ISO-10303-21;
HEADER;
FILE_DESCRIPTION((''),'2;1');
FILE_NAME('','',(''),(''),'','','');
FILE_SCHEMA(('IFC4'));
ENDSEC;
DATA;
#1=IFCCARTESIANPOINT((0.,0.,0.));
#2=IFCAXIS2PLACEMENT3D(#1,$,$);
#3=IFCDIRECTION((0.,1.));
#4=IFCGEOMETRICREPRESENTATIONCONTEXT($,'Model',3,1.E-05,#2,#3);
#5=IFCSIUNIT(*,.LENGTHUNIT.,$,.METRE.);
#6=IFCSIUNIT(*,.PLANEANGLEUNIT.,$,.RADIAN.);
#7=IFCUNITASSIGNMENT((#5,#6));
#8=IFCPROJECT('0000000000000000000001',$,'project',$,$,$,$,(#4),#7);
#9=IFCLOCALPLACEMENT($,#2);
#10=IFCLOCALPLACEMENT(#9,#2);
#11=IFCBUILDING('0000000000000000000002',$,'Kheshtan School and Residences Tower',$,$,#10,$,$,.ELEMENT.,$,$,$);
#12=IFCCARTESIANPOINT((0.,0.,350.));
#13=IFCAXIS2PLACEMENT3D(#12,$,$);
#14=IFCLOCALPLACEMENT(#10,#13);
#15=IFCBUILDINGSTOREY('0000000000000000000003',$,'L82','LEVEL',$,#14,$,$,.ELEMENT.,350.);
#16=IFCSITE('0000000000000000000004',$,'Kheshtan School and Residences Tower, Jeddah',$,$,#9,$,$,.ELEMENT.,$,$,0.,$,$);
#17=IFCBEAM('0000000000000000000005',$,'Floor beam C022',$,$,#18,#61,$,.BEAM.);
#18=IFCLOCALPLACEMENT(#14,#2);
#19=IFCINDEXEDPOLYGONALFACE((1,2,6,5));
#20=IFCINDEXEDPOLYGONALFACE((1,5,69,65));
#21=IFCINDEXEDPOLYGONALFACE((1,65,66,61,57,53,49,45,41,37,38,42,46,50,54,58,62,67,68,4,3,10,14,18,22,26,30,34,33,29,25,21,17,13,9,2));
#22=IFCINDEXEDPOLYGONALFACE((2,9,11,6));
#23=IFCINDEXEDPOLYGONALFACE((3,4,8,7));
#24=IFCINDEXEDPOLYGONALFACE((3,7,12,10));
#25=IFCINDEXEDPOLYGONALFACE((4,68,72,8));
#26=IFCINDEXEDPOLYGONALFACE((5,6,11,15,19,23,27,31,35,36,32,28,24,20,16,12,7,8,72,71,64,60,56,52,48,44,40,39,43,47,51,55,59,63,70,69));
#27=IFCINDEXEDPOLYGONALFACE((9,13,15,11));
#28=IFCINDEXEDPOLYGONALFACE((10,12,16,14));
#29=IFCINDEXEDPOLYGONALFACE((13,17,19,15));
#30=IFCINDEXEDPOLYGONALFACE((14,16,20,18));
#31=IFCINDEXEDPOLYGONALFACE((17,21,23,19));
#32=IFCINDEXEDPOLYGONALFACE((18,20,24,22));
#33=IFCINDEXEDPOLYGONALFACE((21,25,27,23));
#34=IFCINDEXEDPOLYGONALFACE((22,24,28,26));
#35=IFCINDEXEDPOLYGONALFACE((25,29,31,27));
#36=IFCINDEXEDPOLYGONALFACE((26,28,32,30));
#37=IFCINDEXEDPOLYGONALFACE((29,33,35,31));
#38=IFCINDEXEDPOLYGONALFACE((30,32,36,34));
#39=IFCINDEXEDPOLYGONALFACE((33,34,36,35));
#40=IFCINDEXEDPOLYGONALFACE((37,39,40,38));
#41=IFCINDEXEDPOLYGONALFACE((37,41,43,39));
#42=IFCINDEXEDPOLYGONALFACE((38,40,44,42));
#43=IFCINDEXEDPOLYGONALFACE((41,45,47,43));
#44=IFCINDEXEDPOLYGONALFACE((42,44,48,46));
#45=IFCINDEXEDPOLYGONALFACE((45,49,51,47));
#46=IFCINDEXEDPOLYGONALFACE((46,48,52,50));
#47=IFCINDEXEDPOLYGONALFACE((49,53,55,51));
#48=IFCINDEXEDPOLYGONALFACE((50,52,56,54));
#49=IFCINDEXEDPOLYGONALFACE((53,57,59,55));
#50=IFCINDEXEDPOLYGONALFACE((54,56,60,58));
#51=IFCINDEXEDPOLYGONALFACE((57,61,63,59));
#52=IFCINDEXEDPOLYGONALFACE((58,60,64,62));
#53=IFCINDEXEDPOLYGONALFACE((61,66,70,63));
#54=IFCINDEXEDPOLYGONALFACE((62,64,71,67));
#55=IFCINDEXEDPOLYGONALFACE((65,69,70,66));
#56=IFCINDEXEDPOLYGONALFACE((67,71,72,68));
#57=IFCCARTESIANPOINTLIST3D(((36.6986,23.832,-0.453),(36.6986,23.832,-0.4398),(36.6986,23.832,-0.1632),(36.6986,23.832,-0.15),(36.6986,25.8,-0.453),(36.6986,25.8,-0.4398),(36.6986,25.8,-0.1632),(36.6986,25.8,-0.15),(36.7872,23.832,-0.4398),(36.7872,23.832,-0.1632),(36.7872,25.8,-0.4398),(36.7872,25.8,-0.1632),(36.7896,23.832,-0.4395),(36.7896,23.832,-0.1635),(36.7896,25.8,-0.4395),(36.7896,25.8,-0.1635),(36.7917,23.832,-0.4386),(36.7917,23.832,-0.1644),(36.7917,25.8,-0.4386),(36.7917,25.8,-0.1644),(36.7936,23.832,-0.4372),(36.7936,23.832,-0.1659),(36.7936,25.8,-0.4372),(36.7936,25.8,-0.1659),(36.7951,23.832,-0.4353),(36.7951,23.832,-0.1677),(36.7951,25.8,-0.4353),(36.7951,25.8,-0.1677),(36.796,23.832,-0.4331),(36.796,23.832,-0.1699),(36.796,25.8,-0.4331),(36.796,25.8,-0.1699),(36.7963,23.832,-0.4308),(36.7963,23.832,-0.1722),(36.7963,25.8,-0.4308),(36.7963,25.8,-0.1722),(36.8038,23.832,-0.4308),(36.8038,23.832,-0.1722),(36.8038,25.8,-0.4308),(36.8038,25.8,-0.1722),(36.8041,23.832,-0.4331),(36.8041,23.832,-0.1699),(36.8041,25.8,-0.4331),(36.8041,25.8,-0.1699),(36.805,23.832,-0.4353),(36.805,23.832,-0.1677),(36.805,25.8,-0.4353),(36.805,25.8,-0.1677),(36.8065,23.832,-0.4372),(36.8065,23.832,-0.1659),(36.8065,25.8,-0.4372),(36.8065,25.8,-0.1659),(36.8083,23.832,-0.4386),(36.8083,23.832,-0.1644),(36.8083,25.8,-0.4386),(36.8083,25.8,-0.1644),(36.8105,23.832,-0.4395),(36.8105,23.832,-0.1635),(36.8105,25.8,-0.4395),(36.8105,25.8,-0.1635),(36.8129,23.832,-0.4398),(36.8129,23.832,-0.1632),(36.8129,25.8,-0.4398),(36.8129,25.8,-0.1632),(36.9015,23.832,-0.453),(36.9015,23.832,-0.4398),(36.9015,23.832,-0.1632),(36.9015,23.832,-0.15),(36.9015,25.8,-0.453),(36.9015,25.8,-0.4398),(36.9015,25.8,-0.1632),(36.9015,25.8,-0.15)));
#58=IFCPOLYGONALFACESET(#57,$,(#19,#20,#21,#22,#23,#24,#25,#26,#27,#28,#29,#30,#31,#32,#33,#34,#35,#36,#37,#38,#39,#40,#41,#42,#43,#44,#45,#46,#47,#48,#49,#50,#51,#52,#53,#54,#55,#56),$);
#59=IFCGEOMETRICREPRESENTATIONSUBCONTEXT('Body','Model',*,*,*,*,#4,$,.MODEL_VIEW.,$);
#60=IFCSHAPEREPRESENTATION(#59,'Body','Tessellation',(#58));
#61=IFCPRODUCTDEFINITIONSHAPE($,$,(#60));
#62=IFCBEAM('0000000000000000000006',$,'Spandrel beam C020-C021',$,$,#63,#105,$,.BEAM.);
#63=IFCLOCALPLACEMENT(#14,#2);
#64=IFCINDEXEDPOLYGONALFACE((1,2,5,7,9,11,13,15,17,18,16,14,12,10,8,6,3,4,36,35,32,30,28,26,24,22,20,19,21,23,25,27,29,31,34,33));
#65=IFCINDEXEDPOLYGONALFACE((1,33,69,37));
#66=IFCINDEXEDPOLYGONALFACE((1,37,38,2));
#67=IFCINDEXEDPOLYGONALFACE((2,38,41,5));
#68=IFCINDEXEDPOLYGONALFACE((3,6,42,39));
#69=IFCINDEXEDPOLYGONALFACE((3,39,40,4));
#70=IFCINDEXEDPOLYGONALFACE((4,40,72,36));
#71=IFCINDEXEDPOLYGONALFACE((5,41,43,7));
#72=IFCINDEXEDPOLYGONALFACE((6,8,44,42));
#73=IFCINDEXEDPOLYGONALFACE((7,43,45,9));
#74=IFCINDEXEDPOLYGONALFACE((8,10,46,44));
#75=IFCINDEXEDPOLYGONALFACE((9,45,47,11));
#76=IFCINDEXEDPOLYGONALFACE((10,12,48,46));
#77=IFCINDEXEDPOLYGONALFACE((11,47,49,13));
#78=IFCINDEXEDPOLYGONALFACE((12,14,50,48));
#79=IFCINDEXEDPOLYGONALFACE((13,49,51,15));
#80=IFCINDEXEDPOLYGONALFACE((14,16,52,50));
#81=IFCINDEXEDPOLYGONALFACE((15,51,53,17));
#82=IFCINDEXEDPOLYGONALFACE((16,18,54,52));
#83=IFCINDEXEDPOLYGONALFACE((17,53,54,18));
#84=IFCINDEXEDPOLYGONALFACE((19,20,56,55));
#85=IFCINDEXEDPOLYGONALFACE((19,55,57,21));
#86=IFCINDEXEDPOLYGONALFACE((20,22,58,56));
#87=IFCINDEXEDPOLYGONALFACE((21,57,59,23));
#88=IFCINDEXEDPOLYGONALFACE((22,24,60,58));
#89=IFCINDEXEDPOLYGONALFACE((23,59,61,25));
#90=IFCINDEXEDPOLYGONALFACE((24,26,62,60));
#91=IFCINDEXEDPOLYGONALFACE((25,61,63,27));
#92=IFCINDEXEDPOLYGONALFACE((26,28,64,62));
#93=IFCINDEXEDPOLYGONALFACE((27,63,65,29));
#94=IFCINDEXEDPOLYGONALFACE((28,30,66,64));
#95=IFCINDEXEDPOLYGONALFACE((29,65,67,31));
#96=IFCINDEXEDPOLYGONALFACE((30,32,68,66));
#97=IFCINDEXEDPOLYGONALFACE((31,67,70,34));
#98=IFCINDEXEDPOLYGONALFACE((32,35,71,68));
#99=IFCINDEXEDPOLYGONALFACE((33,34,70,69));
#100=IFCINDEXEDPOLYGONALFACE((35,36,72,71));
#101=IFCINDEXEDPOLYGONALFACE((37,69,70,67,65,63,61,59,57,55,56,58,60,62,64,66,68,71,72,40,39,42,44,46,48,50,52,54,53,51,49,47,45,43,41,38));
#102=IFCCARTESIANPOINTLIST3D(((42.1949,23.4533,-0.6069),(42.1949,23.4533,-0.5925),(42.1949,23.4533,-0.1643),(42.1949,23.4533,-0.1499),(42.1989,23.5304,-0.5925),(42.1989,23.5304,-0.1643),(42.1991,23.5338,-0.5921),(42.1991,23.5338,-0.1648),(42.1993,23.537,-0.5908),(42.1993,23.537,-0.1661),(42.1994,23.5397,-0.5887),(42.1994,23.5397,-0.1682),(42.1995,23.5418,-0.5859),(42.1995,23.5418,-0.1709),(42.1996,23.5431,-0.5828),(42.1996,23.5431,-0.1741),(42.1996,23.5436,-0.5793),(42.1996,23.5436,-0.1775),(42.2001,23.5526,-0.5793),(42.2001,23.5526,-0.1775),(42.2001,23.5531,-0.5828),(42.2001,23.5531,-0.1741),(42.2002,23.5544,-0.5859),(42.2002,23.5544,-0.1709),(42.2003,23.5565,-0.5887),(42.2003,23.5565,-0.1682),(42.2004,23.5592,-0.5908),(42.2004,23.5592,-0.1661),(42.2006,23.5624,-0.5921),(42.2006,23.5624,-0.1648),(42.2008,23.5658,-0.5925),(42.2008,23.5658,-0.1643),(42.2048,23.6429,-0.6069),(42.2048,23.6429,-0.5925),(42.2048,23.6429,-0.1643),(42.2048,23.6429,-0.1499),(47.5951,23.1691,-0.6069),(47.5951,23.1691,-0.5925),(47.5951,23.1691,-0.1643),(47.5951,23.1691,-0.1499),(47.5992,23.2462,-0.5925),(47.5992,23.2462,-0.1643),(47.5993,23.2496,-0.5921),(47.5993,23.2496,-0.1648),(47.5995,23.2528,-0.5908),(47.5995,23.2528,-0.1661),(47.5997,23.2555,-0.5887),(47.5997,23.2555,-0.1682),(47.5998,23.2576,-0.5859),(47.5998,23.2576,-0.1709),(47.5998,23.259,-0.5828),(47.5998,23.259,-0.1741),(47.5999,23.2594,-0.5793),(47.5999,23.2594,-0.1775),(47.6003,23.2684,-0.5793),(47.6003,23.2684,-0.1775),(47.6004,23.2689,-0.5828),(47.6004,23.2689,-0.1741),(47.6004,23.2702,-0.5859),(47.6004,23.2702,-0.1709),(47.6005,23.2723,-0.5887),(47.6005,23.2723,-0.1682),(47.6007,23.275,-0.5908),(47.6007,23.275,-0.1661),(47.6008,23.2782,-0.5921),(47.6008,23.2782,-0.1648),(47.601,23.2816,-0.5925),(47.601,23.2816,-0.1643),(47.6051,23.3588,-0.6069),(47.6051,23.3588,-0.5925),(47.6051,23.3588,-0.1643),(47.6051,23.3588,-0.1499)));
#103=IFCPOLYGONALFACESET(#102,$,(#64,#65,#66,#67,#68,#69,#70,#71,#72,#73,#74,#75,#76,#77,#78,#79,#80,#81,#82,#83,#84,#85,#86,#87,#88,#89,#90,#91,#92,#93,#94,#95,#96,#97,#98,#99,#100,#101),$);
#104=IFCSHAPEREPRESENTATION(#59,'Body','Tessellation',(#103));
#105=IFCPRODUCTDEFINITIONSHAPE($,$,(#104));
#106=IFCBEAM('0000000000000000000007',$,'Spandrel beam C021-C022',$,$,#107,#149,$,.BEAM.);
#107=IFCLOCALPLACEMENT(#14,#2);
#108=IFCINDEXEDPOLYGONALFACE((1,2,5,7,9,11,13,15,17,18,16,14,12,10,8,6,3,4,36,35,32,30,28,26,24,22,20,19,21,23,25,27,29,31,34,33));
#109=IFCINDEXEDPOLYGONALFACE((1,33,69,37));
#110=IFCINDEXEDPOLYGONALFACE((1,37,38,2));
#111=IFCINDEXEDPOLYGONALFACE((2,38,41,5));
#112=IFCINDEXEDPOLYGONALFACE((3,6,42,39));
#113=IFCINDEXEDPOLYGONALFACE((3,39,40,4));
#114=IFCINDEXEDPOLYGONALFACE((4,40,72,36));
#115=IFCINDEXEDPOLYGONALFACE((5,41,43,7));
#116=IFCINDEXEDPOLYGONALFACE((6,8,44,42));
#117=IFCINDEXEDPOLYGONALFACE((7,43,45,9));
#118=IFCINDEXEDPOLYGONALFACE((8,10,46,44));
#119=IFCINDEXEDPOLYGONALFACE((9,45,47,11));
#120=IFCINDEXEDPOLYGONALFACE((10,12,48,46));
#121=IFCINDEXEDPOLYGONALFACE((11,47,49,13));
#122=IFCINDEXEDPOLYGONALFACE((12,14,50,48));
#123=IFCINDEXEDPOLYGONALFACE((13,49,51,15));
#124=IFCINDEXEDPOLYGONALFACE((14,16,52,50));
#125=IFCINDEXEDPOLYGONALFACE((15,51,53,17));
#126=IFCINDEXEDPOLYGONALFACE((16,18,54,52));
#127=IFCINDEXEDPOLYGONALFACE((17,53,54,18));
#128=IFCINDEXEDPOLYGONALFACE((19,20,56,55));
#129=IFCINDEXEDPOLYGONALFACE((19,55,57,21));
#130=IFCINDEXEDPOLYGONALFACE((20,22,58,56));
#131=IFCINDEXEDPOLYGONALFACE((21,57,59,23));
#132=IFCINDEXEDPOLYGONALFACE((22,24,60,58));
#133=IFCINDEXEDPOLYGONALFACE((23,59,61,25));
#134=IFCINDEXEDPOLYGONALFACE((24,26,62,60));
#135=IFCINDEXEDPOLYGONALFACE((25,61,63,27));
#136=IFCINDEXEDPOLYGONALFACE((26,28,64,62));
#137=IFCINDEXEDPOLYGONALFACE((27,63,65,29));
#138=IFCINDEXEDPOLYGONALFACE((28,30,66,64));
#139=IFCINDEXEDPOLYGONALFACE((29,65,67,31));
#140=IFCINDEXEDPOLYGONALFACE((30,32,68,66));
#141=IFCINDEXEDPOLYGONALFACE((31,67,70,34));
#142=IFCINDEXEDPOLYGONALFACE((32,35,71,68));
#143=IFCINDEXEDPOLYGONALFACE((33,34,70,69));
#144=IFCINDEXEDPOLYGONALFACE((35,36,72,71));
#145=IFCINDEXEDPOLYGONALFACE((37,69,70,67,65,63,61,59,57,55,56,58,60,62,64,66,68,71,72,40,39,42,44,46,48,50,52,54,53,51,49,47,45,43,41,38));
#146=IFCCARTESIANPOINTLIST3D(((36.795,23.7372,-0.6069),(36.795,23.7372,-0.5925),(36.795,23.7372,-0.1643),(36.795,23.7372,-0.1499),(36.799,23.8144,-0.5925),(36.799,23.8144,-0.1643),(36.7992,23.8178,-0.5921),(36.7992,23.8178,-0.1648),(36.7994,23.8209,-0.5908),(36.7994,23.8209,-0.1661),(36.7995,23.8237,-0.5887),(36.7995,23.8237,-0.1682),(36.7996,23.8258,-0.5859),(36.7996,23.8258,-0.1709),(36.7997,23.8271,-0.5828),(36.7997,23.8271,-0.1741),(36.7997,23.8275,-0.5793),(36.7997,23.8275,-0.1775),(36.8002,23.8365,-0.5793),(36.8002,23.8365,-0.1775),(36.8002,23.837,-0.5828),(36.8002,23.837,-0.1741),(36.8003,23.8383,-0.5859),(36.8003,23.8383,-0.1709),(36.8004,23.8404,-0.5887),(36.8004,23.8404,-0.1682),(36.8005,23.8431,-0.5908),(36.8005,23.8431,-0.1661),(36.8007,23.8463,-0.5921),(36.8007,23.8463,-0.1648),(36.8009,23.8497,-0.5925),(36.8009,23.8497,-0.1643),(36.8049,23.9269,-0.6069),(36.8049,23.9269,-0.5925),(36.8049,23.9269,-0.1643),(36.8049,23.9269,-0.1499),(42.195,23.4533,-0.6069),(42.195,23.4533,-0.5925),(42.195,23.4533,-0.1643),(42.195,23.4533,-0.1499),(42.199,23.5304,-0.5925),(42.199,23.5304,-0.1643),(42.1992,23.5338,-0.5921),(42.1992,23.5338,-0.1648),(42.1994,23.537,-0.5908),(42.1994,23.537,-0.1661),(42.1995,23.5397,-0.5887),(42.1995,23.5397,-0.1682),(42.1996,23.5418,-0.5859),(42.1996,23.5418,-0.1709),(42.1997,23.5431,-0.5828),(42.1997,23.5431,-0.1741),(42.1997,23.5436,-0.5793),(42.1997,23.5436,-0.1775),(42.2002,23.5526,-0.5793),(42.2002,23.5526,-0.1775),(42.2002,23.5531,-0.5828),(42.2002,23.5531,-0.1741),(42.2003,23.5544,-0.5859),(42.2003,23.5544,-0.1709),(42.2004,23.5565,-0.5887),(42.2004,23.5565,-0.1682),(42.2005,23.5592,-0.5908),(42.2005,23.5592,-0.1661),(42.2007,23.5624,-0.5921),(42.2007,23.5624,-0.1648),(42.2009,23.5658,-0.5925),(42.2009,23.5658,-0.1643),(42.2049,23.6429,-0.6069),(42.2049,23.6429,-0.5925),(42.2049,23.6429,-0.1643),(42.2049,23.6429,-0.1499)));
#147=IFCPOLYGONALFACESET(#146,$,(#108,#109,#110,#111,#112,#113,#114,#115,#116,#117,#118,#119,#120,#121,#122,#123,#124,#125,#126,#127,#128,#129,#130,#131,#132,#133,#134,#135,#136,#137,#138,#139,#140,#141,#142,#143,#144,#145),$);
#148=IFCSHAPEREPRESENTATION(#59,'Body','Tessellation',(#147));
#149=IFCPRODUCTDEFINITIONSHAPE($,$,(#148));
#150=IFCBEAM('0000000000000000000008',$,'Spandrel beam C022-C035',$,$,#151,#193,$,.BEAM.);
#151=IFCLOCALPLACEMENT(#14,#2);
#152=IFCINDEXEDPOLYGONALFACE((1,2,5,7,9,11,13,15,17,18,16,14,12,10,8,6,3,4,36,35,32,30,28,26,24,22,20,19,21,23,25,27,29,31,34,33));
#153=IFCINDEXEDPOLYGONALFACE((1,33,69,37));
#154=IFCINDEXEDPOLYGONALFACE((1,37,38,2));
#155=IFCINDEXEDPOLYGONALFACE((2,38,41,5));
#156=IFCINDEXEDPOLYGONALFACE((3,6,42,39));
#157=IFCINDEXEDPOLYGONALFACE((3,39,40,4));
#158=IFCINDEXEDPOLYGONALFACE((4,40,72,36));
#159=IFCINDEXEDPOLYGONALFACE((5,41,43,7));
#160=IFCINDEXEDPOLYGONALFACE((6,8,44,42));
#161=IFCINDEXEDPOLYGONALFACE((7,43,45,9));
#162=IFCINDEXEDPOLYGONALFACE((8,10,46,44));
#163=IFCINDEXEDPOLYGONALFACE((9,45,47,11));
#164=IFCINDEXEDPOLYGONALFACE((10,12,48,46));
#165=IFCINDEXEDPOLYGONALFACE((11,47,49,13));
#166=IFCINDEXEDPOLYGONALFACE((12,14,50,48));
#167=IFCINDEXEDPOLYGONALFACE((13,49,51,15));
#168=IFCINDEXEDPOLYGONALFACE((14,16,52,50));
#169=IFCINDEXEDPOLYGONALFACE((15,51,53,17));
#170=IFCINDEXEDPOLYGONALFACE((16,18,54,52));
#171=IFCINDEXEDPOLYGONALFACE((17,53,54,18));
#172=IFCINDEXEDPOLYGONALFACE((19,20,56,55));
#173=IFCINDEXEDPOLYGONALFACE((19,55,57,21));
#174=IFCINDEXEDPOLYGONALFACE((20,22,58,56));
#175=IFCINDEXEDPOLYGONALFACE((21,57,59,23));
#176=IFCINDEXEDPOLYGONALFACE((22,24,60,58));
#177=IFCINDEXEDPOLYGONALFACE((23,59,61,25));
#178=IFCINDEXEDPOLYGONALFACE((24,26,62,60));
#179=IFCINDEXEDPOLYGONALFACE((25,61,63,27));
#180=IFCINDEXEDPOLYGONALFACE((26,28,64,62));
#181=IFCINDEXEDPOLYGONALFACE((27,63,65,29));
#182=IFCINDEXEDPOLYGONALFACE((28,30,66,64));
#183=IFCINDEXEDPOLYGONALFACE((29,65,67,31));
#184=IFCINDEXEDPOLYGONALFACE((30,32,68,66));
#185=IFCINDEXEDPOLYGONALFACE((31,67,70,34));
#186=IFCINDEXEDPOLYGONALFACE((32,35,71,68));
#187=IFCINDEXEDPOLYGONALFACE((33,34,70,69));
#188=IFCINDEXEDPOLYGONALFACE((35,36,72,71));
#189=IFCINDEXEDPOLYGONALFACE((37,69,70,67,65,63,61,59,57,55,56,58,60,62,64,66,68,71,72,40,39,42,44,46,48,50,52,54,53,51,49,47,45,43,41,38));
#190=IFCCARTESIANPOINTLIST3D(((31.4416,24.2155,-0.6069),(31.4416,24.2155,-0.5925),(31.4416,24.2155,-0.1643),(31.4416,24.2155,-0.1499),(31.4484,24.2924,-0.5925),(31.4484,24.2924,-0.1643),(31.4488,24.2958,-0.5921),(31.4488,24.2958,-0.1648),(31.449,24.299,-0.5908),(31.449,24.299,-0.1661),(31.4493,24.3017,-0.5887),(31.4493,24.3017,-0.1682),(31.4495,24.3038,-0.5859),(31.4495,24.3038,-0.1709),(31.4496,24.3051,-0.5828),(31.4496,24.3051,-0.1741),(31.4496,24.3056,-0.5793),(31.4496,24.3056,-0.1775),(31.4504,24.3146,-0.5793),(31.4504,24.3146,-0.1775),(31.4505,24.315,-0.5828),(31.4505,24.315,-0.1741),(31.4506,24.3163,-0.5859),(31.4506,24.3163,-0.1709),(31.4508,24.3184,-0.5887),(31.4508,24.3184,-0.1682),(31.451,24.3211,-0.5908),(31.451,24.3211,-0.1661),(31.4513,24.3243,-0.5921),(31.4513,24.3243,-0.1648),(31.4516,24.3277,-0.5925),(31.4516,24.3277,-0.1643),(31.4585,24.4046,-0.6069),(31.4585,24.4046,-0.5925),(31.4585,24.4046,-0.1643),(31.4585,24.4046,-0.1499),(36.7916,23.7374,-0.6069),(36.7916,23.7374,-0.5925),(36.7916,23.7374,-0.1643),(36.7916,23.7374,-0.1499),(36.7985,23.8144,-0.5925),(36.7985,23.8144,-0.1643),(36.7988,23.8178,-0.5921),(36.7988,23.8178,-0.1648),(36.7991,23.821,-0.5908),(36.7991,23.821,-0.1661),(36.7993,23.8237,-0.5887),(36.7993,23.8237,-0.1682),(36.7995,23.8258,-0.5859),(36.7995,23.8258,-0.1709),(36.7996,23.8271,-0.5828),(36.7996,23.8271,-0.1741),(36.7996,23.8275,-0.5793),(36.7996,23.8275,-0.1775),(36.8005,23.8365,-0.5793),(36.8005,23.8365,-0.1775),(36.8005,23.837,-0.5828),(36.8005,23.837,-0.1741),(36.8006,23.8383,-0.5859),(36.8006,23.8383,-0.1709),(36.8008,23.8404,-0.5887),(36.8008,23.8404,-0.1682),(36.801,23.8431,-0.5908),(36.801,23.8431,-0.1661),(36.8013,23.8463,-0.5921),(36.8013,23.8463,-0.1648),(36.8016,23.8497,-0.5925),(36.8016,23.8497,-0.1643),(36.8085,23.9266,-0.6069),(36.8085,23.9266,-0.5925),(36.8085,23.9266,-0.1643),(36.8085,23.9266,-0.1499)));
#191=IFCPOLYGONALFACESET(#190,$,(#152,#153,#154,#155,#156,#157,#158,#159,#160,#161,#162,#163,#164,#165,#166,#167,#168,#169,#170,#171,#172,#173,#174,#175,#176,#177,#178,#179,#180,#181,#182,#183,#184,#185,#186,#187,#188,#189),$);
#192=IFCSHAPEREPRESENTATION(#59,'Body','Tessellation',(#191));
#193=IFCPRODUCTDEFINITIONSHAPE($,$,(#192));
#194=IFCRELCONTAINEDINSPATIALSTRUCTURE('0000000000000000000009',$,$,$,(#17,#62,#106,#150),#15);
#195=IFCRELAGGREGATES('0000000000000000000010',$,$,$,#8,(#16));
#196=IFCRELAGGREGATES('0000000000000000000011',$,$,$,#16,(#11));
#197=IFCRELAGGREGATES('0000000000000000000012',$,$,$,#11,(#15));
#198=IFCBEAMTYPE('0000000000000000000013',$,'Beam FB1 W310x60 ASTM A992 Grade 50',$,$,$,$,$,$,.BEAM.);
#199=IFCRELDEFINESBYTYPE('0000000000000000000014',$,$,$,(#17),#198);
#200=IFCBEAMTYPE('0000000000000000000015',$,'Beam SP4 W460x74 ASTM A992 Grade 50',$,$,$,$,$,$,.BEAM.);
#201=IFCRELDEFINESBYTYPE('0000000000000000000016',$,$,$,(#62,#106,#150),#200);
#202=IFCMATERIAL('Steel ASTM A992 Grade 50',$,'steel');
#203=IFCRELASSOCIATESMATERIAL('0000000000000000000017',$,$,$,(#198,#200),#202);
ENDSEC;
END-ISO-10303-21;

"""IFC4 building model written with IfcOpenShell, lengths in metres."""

from ifc_helpers import new_model, si_unit, direction, frame, origin, origin_2d, place, context, subcontext, project, spatial, i_section, extrude, material, material_profile, profile_set, type_object, element, save


model = new_model("IFC4")

# Units and contexts
model_context = context("Model", 3, precision=1e-05, world=origin(), true_north=direction((0.0, 1.0)))
body_context = subcontext(model_context, "Body", "Model", "MODEL_VIEW")
ifc_project = project(units=[si_unit("LENGTHUNIT", "METRE"), si_unit("PLANEANGLEUNIT", "RADIAN")], contexts=[model_context])

# Site, building, storey
site_placement = place(None, origin())
site = spatial("IfcSite", under=ifc_project, at=site_placement, Name="Kheshtan School and Residences Tower, Jeddah", CompositionType="ELEMENT", RefElevation=0.0)
building_placement = place(site_placement, origin())
building = spatial("IfcBuilding", under=site, at=building_placement, Name="Kheshtan School and Residences Tower", CompositionType="ELEMENT")
storey_placement = place(building_placement, frame((0.0, 0.0, 350.0)))
storey = spatial("IfcBuildingStorey", under=building, at=storey_placement, Name="L82", Description="LEVEL", CompositionType="ELEMENT", Elevation=350.0)

# Shared definitions
ifc_material_1 = material(Name="Steel ASTM A992 Grade 50", Category="steel")

# Beams
ifc_material_profile_1 = material_profile(ifc_material_1, i_section(OverallWidth=0.2029, OverallDepth=0.303, WebThickness=0.0076, FlangeThickness=0.0132, FilletRadius=0.009, at=origin_2d()), Name="W310x60")
ifc_profile_set_1 = profile_set([ifc_material_profile_1], Name="Steel ASTM A992 Grade 50")
beam_type_1 = type_object("IfcBeamType", Name="Beam FB1 W310x60 ASTM A992 Grade 50", PredefinedType="BEAM", material=ifc_profile_set_1)
beam_1_placement = place(storey_placement, frame((36.8, 23.832, -0.3015), z_axis=(0.0, 1.0, 0.0), x_axis=(-1.0, 0.0, 0.0)))
element("IfcBeam", 1, at=beam_1_placement, inside=storey, type_object=beam_type_1, Name="Floor beam C022", PredefinedType="BEAM", context=body_context, shape_type="SweptSolid", body=[
    extrude(i_section(OverallWidth=0.2029, OverallDepth=0.303, WebThickness=0.0076, FlangeThickness=0.0132, FilletRadius=0.009, at=origin_2d()), origin(), (0.0, 0.0, 1.0), 1.968),
])
ifc_material_profile_2 = material_profile(ifc_material_1, i_section(OverallWidth=0.1899, OverallDepth=0.457, WebThickness=0.009, FlangeThickness=0.0144, FilletRadius=0.0132, at=origin_2d()), Name="W460x74")
ifc_profile_set_2 = profile_set([ifc_material_profile_2], Name="Steel ASTM A992 Grade 50")
beam_type_2 = type_object("IfcBeamType", Name="Beam SP4 W460x74 ASTM A992 Grade 50", PredefinedType="BEAM", material=ifc_profile_set_2)
beam_2_placement = place(storey_placement, frame((47.6001, 23.2639, -0.3784), z_axis=(-0.998618, 0.052552, 0.0), x_axis=(-0.052552, -0.998618, 0.0)))
element("IfcBeam", 2, at=beam_2_placement, inside=storey, type_object=beam_type_2, Name="Spandrel beam C020-C021", PredefinedType="BEAM", context=body_context, shape_type="SweptSolid", body=[
    extrude(i_section(OverallWidth=0.1899, OverallDepth=0.457, WebThickness=0.009, FlangeThickness=0.0144, FilletRadius=0.0132, at=origin_2d()), origin(), (0.0, 0.0, 1.0), 5.4077),
])
beam_3_placement = place(storey_placement, frame((42.2, 23.5481, -0.3784), z_axis=(-0.99862, 0.052509, 0.0), x_axis=(-0.052509, -0.99862, 0.0)))
element("IfcBeam", 3, at=beam_3_placement, inside=storey, type_object=beam_type_2, Name="Spandrel beam C021-C022", PredefinedType="BEAM", context=body_context, shape_type="SweptSolid", body=[
    extrude(i_section(OverallWidth=0.1899, OverallDepth=0.457, WebThickness=0.009, FlangeThickness=0.0144, FilletRadius=0.0132, at=origin_2d()), origin(), (0.0, 0.0, 1.0), 5.4075),
])
beam_4_placement = place(storey_placement, frame((36.8, 23.832, -0.3784), z_axis=(-0.996032, 0.088995, 0.0), x_axis=(-0.088995, -0.996032, 0.0)))
element("IfcBeam", 4, at=beam_4_placement, inside=storey, type_object=beam_type_2, Name="Spandrel beam C022-C035", PredefinedType="BEAM", context=body_context, shape_type="SweptSolid", body=[
    extrude(i_section(OverallWidth=0.1899, OverallDepth=0.457, WebThickness=0.009, FlangeThickness=0.0144, FilletRadius=0.0132, at=origin_2d()), origin(), (0.0, 0.0, 1.0), 5.3713),
])

save(model, "model.ifc")
